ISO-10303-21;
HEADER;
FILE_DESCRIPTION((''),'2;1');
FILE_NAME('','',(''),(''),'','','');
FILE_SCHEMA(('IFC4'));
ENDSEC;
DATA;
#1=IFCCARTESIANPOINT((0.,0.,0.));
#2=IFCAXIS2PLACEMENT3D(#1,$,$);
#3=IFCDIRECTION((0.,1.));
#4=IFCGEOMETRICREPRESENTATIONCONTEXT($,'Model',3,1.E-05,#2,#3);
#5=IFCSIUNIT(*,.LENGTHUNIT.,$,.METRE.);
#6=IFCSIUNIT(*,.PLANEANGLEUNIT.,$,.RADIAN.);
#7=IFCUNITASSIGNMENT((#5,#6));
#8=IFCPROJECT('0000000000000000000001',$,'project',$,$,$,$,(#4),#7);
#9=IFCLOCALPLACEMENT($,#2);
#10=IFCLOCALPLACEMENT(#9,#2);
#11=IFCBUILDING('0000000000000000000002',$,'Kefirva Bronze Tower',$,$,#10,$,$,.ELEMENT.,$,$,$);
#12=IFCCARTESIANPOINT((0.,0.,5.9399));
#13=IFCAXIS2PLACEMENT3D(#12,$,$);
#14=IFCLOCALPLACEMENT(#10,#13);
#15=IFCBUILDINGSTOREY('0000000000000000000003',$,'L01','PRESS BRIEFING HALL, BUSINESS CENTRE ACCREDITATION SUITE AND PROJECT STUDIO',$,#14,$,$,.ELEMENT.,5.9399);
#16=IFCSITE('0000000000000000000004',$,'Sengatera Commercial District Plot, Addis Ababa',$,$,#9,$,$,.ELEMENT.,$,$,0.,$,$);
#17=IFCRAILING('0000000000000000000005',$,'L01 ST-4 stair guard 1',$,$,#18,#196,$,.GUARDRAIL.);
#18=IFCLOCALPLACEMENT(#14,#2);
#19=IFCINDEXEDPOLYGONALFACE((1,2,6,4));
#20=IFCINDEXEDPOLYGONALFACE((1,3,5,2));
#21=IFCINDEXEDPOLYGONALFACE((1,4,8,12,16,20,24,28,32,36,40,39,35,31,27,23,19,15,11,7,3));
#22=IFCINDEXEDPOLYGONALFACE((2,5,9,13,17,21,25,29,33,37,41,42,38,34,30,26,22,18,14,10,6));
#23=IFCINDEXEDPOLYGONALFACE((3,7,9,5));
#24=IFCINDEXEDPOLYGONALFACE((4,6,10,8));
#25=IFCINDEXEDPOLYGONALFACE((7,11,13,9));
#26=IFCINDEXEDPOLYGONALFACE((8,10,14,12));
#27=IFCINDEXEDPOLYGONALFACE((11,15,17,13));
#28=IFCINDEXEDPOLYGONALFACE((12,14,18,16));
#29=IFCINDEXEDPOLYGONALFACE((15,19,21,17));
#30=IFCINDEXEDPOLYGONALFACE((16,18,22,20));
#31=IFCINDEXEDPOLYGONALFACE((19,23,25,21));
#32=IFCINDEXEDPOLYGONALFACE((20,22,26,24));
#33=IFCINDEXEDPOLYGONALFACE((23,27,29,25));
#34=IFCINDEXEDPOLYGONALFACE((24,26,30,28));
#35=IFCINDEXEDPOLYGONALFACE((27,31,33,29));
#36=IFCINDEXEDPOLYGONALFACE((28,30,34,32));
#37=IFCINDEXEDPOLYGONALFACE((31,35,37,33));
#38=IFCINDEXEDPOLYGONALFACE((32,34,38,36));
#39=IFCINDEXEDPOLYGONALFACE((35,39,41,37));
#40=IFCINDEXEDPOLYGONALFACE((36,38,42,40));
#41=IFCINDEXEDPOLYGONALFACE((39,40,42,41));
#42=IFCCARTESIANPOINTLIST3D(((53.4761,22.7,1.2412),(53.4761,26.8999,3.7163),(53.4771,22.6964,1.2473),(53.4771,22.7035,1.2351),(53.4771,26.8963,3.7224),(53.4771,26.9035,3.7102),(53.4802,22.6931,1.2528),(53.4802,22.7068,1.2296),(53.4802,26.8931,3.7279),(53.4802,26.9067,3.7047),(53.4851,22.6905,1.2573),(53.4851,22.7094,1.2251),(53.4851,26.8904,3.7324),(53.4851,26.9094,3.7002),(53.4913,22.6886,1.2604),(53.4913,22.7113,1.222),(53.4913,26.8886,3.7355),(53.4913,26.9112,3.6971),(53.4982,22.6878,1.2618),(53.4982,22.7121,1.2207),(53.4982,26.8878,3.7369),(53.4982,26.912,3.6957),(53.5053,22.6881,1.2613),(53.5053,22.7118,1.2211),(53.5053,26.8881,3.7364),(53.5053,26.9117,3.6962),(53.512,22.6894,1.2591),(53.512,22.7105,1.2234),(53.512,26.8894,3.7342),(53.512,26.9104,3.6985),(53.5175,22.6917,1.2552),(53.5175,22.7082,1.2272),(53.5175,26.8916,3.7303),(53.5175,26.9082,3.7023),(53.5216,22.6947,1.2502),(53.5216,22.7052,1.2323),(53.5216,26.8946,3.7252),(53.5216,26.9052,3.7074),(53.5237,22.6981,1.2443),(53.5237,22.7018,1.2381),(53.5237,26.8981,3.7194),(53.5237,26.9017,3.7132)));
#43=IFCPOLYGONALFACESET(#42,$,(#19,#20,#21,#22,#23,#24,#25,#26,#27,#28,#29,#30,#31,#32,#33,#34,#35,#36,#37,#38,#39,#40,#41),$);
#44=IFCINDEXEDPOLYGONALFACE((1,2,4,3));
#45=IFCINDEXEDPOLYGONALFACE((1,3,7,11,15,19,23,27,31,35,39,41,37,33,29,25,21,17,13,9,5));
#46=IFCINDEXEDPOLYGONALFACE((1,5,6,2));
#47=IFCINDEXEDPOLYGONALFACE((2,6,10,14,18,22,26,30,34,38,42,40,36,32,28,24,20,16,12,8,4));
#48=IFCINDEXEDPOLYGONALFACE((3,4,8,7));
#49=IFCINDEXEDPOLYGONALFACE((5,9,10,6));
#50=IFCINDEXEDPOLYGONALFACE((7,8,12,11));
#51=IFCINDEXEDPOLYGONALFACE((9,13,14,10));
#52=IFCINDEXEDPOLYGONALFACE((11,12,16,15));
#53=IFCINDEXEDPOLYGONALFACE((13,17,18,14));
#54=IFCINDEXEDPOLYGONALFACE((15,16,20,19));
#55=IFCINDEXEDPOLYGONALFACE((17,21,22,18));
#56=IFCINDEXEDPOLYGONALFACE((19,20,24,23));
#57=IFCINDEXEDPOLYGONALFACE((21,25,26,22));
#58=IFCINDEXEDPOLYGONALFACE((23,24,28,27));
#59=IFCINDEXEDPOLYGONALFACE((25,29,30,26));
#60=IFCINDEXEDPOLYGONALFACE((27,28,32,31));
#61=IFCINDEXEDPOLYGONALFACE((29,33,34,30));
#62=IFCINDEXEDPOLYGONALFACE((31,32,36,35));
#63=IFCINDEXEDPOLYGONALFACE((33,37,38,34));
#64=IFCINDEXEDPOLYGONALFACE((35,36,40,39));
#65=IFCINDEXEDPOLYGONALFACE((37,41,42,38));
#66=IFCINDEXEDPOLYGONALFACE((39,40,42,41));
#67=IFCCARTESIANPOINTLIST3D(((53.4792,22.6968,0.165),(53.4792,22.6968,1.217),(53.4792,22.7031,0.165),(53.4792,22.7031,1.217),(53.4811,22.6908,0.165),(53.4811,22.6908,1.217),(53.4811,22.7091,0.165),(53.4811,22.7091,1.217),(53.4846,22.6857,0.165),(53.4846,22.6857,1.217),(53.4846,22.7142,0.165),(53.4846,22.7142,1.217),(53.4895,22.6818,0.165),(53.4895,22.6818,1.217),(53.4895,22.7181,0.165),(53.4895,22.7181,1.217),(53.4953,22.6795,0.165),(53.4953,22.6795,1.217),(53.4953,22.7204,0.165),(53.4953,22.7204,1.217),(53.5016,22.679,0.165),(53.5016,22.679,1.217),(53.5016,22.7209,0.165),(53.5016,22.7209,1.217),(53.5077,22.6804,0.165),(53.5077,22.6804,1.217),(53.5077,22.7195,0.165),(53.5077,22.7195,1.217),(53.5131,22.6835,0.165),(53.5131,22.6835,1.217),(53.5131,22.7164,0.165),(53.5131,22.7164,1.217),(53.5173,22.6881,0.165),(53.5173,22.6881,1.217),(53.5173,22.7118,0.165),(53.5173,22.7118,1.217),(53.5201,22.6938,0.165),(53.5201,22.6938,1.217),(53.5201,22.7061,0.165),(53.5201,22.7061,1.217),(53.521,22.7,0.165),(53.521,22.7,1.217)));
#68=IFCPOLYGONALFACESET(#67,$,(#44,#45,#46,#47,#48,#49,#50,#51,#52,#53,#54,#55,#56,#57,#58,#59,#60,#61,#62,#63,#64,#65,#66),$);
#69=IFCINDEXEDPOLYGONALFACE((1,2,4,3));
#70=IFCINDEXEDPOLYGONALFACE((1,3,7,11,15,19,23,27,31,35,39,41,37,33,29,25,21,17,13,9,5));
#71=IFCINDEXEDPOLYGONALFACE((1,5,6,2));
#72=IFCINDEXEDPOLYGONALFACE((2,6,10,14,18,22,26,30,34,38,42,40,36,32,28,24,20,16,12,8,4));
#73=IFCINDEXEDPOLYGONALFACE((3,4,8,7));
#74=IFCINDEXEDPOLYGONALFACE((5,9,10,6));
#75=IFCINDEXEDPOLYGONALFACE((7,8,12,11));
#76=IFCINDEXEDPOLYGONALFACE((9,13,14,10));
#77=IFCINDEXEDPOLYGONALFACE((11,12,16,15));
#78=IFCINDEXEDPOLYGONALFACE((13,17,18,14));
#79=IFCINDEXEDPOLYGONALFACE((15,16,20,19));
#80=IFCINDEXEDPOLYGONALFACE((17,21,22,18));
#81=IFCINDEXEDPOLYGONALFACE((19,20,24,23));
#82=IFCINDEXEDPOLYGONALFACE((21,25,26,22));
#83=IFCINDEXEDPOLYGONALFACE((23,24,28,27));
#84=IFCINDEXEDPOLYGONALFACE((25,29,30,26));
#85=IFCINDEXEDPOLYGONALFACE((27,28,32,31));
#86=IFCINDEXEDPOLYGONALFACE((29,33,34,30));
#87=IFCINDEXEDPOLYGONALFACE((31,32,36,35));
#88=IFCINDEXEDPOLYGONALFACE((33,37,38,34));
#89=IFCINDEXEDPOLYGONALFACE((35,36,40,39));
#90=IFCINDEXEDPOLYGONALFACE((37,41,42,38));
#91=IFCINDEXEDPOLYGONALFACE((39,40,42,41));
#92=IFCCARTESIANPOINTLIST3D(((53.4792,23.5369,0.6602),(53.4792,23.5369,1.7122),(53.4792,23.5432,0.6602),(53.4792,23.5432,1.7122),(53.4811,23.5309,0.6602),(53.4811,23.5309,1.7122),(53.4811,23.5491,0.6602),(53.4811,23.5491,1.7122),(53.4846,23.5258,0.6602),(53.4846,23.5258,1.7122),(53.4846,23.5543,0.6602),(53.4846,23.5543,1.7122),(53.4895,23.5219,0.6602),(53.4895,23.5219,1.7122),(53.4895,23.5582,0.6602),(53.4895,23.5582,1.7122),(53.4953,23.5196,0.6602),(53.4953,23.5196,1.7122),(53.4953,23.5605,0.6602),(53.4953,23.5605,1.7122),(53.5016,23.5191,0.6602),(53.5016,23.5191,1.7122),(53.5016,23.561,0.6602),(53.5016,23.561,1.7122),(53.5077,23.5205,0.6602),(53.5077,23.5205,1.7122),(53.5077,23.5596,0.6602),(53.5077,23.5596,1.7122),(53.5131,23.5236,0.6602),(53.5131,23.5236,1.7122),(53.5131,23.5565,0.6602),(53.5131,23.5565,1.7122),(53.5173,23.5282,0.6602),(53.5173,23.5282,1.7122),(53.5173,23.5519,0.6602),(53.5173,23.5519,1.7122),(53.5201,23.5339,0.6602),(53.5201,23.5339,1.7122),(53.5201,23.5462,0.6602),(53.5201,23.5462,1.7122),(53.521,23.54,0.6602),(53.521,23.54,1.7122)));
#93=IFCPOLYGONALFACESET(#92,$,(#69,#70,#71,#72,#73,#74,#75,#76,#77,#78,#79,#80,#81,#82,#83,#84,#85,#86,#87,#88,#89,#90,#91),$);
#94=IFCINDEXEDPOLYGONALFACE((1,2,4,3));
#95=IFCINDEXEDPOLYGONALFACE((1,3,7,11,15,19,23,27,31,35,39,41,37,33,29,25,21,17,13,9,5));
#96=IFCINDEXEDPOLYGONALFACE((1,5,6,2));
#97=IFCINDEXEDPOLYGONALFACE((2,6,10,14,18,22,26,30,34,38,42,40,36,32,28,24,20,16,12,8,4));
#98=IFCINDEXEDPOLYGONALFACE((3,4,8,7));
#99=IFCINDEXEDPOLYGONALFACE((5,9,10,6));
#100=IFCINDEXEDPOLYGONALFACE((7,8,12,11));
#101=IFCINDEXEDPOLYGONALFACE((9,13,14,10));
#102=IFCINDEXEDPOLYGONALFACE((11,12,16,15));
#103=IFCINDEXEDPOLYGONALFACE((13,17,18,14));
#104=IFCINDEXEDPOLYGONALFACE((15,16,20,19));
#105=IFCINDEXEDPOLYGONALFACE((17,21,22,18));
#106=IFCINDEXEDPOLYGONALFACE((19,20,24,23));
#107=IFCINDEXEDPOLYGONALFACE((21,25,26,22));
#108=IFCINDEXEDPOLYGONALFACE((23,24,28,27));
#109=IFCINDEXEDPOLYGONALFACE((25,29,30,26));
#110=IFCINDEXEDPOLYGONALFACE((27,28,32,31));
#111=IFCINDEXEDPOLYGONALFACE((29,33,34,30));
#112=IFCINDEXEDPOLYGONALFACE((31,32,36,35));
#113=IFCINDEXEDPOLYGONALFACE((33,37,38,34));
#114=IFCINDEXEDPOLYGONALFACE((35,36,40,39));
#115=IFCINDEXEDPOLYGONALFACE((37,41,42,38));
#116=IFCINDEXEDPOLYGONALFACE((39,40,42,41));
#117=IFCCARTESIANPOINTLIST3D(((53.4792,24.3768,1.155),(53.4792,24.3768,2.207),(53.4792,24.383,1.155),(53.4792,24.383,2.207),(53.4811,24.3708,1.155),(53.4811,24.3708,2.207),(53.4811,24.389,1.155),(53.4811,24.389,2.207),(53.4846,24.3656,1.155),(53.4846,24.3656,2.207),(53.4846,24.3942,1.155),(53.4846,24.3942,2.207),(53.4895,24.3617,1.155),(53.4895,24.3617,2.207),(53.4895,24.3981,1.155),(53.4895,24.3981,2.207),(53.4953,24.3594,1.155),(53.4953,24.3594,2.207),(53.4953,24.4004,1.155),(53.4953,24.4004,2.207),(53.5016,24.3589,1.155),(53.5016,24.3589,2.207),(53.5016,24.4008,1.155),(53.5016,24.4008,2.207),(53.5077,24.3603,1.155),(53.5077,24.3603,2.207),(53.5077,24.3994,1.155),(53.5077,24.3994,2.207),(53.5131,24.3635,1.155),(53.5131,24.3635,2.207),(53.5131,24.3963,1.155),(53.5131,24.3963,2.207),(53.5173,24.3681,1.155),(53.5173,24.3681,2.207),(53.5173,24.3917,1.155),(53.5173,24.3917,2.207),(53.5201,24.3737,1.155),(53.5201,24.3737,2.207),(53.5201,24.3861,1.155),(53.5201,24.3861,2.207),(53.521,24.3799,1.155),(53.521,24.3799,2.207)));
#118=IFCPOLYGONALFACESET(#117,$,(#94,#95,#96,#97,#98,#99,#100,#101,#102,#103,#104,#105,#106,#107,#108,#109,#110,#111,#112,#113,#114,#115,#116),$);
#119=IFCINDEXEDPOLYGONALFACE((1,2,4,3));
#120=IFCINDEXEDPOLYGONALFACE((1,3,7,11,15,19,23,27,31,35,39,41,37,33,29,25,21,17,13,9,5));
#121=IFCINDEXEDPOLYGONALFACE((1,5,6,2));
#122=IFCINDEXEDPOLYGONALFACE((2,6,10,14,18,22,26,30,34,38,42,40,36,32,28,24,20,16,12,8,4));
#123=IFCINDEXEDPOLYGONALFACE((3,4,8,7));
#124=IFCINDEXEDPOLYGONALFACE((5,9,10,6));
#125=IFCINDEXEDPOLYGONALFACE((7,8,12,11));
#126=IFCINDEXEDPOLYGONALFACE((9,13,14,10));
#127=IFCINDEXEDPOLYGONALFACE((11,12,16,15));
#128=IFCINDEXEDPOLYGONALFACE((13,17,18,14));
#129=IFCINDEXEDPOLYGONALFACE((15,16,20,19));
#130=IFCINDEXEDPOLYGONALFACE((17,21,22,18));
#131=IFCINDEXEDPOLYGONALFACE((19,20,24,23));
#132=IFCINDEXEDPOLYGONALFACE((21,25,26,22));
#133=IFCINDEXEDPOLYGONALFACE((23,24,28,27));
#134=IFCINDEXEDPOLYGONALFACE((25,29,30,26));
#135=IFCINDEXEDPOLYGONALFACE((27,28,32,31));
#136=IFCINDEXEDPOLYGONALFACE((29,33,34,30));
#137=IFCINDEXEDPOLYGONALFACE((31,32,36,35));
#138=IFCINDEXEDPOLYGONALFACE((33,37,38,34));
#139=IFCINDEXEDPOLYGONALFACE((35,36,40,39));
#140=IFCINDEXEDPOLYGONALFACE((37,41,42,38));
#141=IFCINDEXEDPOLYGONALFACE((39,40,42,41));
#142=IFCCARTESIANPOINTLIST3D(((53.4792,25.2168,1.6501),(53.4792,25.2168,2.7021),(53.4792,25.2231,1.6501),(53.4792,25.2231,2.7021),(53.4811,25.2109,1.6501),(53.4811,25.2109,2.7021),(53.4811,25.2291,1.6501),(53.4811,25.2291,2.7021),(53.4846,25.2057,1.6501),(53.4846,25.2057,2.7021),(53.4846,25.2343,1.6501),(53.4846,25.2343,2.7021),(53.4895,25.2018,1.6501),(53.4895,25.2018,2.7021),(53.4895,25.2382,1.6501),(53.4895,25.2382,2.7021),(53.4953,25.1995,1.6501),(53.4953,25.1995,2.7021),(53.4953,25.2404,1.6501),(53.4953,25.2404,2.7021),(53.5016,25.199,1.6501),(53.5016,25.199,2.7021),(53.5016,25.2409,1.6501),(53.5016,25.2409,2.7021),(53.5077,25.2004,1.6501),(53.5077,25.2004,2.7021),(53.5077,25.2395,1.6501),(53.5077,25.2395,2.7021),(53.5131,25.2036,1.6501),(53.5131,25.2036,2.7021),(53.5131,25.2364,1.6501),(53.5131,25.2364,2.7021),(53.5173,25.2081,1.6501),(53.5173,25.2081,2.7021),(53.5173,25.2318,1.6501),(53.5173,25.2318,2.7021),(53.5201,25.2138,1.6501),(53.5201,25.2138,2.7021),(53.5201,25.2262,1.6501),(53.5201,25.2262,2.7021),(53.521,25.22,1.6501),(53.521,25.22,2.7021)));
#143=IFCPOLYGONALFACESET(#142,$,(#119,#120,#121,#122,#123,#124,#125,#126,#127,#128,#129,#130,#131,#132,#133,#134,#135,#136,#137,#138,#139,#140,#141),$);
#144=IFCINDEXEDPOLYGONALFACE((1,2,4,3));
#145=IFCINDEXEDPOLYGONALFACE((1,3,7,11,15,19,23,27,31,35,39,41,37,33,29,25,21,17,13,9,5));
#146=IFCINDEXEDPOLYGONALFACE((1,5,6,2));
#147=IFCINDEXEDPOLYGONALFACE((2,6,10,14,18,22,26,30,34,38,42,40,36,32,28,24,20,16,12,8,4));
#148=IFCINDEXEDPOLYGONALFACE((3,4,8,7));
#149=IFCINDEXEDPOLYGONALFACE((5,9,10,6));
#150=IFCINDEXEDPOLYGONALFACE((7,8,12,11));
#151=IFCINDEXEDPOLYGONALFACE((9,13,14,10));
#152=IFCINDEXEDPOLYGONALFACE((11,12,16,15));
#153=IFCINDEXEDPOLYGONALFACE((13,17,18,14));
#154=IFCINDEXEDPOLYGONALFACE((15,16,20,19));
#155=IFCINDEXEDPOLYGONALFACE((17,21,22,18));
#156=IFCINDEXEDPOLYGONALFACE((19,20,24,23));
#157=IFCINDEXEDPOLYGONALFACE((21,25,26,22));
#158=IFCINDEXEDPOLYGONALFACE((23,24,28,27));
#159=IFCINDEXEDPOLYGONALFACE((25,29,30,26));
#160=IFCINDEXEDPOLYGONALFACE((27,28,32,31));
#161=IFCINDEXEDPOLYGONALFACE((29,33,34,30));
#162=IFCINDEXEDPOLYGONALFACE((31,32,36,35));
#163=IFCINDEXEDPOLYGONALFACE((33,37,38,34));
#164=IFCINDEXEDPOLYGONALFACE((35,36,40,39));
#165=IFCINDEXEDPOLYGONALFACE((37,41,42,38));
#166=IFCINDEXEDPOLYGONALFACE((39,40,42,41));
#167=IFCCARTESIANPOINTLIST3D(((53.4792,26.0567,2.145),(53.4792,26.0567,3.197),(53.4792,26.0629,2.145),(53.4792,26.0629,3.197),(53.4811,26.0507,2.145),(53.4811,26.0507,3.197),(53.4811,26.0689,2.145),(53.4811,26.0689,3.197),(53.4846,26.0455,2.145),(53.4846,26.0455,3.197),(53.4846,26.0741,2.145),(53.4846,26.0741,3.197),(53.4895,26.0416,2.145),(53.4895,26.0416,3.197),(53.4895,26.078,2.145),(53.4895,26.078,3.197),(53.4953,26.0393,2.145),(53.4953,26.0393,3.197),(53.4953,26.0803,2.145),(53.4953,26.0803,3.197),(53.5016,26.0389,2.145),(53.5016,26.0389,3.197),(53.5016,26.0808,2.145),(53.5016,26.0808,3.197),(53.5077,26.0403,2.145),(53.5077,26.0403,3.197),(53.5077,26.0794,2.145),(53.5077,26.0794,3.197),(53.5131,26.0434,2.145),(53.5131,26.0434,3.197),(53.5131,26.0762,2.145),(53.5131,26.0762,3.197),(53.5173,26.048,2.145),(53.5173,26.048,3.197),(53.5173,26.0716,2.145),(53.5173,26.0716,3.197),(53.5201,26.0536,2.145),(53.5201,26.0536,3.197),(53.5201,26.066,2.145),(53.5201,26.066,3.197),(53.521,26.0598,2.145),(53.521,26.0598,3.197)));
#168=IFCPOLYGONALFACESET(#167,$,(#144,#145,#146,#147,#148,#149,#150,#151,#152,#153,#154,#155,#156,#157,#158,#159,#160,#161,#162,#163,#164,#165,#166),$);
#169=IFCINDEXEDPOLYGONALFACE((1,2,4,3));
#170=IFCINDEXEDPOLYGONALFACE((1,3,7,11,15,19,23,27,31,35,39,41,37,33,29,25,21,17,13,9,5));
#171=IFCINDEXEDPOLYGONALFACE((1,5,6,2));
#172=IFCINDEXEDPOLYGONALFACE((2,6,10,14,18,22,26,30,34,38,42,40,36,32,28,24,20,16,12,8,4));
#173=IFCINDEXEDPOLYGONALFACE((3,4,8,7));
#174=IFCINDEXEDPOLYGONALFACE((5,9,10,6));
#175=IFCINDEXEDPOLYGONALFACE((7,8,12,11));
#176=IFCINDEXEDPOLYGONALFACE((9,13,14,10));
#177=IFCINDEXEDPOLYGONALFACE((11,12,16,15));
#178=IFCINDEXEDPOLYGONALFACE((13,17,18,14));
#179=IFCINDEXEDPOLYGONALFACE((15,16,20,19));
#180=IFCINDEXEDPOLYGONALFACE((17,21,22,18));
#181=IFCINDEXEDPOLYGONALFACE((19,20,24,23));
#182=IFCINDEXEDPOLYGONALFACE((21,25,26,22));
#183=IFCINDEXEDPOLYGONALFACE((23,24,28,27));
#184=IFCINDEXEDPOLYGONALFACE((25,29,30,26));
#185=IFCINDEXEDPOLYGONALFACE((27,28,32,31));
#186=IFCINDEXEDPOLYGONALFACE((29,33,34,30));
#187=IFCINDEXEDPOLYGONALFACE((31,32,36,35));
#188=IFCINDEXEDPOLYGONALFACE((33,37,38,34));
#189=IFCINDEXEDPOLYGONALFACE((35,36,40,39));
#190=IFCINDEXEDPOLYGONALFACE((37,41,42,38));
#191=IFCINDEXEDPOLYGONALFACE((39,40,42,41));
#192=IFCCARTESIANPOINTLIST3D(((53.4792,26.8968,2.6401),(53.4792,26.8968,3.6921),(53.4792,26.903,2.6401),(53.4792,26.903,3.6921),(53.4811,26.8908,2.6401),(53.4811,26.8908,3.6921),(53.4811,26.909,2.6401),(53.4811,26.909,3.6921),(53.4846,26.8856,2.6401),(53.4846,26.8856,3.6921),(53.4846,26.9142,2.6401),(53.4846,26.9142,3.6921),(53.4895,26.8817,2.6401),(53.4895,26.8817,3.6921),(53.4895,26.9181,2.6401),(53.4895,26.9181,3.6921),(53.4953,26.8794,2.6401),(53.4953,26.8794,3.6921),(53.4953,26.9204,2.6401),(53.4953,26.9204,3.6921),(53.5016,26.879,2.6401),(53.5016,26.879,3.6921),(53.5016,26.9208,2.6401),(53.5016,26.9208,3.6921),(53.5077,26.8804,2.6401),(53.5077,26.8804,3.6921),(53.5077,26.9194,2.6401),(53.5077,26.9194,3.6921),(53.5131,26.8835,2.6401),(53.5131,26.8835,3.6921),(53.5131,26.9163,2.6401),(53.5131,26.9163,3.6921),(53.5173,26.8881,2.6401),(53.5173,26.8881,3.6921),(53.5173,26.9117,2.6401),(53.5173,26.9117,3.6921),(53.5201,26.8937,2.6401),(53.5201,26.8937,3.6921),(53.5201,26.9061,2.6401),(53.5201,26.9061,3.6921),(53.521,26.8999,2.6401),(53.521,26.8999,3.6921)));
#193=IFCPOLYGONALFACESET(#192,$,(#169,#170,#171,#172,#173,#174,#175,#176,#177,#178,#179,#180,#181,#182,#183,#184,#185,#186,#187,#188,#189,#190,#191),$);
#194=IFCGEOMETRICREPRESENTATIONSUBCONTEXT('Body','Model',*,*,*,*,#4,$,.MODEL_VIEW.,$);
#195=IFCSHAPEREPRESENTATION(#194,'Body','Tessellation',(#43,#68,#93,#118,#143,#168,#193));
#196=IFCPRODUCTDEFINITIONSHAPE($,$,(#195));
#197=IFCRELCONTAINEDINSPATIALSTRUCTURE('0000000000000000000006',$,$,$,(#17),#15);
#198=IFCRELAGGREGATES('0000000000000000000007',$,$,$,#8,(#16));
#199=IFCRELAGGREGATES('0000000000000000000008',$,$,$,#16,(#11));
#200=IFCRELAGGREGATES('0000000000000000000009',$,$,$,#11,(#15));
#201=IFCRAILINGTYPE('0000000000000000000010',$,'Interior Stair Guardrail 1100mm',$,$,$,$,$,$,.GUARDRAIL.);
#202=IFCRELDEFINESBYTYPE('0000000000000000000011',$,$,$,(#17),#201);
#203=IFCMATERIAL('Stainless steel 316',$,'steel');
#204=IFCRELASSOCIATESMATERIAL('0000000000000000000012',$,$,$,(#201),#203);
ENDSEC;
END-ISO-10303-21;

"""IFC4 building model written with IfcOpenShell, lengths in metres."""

from ifc_helpers import new_model, si_unit, direction, frame, origin, origin_2d, place, context, subcontext, project, spatial, circle, extrude, material, type_object, element, save


model = new_model("IFC4")

# Units and contexts
model_context = context("Model", 3, precision=1e-05, world=origin(), true_north=direction((0.0, 1.0)))
body_context = subcontext(model_context, "Body", "Model", "MODEL_VIEW")
ifc_project = project(units=[si_unit("LENGTHUNIT", "METRE"), si_unit("PLANEANGLEUNIT", "RADIAN")], contexts=[model_context])

# Site, building, storey
site_placement = place(None, origin())
site = spatial("IfcSite", under=ifc_project, at=site_placement, Name="Sengatera Commercial District Plot, Addis Ababa", CompositionType="ELEMENT", RefElevation=0.0)
building_placement = place(site_placement, origin())
building = spatial("IfcBuilding", under=site, at=building_placement, Name="Kefirva Bronze Tower", CompositionType="ELEMENT")
storey_placement = place(building_placement, frame((0.0, 0.0, 5.9399)))
storey = spatial("IfcBuildingStorey", under=building, at=storey_placement, Name="L01", Description="PRESS BRIEFING HALL, BUSINESS CENTRE ACCREDITATION SUITE AND PROJECT STUDIO", CompositionType="ELEMENT", Elevation=5.9399)

# Railing
ifc_material_1 = material(Name="Stainless steel 316", Category="steel")
railing_type_1 = type_object("IfcRailingType", Name="Interior Stair Guardrail 1100mm", PredefinedType="GUARDRAIL", material=ifc_material_1)
railing_1_placement = place(storey_placement, frame((53.5, 22.7, 0.165)))
element("IfcRailing", 1, at=railing_1_placement, inside=storey, type_object=railing_type_1, Name="L01 ST-4 stair guard 1", PredefinedType="GUARDRAIL", context=body_context, shape_type="SweptSolid", body=[
    extrude(circle(Radius=0.0239, at=origin_2d()), frame((0.0, 0.0, 1.0762), z_axis=(0.0, 0.861527, 0.507712), x_axis=(-1.0, 0.0, 0.0)), (0.0, 0.0, 1.0), 4.875),
    extrude(circle(Radius=0.021, at=origin_2d()), origin(), (0.0, 0.0, 1.0), 1.052),
    extrude(circle(Radius=0.021, at=origin_2d()), frame((0.0, 0.8401, 0.4951)), (0.0, 0.0, 1.0), 1.052),
    extrude(circle(Radius=0.021, at=origin_2d()), frame((0.0, 1.6799, 0.99)), (0.0, 0.0, 1.0), 1.052),
    extrude(circle(Radius=0.021, at=origin_2d()), frame((0.0, 2.52, 1.4851)), (0.0, 0.0, 1.0), 1.052),
    extrude(circle(Radius=0.021, at=origin_2d()), frame((0.0, 3.3599, 1.98)), (0.0, 0.0, 1.0), 1.052),
    extrude(circle(Radius=0.021, at=origin_2d()), frame((0.0, 4.2, 2.4751)), (0.0, 0.0, 1.0), 1.052),
])

save(model, "model.ifc")
